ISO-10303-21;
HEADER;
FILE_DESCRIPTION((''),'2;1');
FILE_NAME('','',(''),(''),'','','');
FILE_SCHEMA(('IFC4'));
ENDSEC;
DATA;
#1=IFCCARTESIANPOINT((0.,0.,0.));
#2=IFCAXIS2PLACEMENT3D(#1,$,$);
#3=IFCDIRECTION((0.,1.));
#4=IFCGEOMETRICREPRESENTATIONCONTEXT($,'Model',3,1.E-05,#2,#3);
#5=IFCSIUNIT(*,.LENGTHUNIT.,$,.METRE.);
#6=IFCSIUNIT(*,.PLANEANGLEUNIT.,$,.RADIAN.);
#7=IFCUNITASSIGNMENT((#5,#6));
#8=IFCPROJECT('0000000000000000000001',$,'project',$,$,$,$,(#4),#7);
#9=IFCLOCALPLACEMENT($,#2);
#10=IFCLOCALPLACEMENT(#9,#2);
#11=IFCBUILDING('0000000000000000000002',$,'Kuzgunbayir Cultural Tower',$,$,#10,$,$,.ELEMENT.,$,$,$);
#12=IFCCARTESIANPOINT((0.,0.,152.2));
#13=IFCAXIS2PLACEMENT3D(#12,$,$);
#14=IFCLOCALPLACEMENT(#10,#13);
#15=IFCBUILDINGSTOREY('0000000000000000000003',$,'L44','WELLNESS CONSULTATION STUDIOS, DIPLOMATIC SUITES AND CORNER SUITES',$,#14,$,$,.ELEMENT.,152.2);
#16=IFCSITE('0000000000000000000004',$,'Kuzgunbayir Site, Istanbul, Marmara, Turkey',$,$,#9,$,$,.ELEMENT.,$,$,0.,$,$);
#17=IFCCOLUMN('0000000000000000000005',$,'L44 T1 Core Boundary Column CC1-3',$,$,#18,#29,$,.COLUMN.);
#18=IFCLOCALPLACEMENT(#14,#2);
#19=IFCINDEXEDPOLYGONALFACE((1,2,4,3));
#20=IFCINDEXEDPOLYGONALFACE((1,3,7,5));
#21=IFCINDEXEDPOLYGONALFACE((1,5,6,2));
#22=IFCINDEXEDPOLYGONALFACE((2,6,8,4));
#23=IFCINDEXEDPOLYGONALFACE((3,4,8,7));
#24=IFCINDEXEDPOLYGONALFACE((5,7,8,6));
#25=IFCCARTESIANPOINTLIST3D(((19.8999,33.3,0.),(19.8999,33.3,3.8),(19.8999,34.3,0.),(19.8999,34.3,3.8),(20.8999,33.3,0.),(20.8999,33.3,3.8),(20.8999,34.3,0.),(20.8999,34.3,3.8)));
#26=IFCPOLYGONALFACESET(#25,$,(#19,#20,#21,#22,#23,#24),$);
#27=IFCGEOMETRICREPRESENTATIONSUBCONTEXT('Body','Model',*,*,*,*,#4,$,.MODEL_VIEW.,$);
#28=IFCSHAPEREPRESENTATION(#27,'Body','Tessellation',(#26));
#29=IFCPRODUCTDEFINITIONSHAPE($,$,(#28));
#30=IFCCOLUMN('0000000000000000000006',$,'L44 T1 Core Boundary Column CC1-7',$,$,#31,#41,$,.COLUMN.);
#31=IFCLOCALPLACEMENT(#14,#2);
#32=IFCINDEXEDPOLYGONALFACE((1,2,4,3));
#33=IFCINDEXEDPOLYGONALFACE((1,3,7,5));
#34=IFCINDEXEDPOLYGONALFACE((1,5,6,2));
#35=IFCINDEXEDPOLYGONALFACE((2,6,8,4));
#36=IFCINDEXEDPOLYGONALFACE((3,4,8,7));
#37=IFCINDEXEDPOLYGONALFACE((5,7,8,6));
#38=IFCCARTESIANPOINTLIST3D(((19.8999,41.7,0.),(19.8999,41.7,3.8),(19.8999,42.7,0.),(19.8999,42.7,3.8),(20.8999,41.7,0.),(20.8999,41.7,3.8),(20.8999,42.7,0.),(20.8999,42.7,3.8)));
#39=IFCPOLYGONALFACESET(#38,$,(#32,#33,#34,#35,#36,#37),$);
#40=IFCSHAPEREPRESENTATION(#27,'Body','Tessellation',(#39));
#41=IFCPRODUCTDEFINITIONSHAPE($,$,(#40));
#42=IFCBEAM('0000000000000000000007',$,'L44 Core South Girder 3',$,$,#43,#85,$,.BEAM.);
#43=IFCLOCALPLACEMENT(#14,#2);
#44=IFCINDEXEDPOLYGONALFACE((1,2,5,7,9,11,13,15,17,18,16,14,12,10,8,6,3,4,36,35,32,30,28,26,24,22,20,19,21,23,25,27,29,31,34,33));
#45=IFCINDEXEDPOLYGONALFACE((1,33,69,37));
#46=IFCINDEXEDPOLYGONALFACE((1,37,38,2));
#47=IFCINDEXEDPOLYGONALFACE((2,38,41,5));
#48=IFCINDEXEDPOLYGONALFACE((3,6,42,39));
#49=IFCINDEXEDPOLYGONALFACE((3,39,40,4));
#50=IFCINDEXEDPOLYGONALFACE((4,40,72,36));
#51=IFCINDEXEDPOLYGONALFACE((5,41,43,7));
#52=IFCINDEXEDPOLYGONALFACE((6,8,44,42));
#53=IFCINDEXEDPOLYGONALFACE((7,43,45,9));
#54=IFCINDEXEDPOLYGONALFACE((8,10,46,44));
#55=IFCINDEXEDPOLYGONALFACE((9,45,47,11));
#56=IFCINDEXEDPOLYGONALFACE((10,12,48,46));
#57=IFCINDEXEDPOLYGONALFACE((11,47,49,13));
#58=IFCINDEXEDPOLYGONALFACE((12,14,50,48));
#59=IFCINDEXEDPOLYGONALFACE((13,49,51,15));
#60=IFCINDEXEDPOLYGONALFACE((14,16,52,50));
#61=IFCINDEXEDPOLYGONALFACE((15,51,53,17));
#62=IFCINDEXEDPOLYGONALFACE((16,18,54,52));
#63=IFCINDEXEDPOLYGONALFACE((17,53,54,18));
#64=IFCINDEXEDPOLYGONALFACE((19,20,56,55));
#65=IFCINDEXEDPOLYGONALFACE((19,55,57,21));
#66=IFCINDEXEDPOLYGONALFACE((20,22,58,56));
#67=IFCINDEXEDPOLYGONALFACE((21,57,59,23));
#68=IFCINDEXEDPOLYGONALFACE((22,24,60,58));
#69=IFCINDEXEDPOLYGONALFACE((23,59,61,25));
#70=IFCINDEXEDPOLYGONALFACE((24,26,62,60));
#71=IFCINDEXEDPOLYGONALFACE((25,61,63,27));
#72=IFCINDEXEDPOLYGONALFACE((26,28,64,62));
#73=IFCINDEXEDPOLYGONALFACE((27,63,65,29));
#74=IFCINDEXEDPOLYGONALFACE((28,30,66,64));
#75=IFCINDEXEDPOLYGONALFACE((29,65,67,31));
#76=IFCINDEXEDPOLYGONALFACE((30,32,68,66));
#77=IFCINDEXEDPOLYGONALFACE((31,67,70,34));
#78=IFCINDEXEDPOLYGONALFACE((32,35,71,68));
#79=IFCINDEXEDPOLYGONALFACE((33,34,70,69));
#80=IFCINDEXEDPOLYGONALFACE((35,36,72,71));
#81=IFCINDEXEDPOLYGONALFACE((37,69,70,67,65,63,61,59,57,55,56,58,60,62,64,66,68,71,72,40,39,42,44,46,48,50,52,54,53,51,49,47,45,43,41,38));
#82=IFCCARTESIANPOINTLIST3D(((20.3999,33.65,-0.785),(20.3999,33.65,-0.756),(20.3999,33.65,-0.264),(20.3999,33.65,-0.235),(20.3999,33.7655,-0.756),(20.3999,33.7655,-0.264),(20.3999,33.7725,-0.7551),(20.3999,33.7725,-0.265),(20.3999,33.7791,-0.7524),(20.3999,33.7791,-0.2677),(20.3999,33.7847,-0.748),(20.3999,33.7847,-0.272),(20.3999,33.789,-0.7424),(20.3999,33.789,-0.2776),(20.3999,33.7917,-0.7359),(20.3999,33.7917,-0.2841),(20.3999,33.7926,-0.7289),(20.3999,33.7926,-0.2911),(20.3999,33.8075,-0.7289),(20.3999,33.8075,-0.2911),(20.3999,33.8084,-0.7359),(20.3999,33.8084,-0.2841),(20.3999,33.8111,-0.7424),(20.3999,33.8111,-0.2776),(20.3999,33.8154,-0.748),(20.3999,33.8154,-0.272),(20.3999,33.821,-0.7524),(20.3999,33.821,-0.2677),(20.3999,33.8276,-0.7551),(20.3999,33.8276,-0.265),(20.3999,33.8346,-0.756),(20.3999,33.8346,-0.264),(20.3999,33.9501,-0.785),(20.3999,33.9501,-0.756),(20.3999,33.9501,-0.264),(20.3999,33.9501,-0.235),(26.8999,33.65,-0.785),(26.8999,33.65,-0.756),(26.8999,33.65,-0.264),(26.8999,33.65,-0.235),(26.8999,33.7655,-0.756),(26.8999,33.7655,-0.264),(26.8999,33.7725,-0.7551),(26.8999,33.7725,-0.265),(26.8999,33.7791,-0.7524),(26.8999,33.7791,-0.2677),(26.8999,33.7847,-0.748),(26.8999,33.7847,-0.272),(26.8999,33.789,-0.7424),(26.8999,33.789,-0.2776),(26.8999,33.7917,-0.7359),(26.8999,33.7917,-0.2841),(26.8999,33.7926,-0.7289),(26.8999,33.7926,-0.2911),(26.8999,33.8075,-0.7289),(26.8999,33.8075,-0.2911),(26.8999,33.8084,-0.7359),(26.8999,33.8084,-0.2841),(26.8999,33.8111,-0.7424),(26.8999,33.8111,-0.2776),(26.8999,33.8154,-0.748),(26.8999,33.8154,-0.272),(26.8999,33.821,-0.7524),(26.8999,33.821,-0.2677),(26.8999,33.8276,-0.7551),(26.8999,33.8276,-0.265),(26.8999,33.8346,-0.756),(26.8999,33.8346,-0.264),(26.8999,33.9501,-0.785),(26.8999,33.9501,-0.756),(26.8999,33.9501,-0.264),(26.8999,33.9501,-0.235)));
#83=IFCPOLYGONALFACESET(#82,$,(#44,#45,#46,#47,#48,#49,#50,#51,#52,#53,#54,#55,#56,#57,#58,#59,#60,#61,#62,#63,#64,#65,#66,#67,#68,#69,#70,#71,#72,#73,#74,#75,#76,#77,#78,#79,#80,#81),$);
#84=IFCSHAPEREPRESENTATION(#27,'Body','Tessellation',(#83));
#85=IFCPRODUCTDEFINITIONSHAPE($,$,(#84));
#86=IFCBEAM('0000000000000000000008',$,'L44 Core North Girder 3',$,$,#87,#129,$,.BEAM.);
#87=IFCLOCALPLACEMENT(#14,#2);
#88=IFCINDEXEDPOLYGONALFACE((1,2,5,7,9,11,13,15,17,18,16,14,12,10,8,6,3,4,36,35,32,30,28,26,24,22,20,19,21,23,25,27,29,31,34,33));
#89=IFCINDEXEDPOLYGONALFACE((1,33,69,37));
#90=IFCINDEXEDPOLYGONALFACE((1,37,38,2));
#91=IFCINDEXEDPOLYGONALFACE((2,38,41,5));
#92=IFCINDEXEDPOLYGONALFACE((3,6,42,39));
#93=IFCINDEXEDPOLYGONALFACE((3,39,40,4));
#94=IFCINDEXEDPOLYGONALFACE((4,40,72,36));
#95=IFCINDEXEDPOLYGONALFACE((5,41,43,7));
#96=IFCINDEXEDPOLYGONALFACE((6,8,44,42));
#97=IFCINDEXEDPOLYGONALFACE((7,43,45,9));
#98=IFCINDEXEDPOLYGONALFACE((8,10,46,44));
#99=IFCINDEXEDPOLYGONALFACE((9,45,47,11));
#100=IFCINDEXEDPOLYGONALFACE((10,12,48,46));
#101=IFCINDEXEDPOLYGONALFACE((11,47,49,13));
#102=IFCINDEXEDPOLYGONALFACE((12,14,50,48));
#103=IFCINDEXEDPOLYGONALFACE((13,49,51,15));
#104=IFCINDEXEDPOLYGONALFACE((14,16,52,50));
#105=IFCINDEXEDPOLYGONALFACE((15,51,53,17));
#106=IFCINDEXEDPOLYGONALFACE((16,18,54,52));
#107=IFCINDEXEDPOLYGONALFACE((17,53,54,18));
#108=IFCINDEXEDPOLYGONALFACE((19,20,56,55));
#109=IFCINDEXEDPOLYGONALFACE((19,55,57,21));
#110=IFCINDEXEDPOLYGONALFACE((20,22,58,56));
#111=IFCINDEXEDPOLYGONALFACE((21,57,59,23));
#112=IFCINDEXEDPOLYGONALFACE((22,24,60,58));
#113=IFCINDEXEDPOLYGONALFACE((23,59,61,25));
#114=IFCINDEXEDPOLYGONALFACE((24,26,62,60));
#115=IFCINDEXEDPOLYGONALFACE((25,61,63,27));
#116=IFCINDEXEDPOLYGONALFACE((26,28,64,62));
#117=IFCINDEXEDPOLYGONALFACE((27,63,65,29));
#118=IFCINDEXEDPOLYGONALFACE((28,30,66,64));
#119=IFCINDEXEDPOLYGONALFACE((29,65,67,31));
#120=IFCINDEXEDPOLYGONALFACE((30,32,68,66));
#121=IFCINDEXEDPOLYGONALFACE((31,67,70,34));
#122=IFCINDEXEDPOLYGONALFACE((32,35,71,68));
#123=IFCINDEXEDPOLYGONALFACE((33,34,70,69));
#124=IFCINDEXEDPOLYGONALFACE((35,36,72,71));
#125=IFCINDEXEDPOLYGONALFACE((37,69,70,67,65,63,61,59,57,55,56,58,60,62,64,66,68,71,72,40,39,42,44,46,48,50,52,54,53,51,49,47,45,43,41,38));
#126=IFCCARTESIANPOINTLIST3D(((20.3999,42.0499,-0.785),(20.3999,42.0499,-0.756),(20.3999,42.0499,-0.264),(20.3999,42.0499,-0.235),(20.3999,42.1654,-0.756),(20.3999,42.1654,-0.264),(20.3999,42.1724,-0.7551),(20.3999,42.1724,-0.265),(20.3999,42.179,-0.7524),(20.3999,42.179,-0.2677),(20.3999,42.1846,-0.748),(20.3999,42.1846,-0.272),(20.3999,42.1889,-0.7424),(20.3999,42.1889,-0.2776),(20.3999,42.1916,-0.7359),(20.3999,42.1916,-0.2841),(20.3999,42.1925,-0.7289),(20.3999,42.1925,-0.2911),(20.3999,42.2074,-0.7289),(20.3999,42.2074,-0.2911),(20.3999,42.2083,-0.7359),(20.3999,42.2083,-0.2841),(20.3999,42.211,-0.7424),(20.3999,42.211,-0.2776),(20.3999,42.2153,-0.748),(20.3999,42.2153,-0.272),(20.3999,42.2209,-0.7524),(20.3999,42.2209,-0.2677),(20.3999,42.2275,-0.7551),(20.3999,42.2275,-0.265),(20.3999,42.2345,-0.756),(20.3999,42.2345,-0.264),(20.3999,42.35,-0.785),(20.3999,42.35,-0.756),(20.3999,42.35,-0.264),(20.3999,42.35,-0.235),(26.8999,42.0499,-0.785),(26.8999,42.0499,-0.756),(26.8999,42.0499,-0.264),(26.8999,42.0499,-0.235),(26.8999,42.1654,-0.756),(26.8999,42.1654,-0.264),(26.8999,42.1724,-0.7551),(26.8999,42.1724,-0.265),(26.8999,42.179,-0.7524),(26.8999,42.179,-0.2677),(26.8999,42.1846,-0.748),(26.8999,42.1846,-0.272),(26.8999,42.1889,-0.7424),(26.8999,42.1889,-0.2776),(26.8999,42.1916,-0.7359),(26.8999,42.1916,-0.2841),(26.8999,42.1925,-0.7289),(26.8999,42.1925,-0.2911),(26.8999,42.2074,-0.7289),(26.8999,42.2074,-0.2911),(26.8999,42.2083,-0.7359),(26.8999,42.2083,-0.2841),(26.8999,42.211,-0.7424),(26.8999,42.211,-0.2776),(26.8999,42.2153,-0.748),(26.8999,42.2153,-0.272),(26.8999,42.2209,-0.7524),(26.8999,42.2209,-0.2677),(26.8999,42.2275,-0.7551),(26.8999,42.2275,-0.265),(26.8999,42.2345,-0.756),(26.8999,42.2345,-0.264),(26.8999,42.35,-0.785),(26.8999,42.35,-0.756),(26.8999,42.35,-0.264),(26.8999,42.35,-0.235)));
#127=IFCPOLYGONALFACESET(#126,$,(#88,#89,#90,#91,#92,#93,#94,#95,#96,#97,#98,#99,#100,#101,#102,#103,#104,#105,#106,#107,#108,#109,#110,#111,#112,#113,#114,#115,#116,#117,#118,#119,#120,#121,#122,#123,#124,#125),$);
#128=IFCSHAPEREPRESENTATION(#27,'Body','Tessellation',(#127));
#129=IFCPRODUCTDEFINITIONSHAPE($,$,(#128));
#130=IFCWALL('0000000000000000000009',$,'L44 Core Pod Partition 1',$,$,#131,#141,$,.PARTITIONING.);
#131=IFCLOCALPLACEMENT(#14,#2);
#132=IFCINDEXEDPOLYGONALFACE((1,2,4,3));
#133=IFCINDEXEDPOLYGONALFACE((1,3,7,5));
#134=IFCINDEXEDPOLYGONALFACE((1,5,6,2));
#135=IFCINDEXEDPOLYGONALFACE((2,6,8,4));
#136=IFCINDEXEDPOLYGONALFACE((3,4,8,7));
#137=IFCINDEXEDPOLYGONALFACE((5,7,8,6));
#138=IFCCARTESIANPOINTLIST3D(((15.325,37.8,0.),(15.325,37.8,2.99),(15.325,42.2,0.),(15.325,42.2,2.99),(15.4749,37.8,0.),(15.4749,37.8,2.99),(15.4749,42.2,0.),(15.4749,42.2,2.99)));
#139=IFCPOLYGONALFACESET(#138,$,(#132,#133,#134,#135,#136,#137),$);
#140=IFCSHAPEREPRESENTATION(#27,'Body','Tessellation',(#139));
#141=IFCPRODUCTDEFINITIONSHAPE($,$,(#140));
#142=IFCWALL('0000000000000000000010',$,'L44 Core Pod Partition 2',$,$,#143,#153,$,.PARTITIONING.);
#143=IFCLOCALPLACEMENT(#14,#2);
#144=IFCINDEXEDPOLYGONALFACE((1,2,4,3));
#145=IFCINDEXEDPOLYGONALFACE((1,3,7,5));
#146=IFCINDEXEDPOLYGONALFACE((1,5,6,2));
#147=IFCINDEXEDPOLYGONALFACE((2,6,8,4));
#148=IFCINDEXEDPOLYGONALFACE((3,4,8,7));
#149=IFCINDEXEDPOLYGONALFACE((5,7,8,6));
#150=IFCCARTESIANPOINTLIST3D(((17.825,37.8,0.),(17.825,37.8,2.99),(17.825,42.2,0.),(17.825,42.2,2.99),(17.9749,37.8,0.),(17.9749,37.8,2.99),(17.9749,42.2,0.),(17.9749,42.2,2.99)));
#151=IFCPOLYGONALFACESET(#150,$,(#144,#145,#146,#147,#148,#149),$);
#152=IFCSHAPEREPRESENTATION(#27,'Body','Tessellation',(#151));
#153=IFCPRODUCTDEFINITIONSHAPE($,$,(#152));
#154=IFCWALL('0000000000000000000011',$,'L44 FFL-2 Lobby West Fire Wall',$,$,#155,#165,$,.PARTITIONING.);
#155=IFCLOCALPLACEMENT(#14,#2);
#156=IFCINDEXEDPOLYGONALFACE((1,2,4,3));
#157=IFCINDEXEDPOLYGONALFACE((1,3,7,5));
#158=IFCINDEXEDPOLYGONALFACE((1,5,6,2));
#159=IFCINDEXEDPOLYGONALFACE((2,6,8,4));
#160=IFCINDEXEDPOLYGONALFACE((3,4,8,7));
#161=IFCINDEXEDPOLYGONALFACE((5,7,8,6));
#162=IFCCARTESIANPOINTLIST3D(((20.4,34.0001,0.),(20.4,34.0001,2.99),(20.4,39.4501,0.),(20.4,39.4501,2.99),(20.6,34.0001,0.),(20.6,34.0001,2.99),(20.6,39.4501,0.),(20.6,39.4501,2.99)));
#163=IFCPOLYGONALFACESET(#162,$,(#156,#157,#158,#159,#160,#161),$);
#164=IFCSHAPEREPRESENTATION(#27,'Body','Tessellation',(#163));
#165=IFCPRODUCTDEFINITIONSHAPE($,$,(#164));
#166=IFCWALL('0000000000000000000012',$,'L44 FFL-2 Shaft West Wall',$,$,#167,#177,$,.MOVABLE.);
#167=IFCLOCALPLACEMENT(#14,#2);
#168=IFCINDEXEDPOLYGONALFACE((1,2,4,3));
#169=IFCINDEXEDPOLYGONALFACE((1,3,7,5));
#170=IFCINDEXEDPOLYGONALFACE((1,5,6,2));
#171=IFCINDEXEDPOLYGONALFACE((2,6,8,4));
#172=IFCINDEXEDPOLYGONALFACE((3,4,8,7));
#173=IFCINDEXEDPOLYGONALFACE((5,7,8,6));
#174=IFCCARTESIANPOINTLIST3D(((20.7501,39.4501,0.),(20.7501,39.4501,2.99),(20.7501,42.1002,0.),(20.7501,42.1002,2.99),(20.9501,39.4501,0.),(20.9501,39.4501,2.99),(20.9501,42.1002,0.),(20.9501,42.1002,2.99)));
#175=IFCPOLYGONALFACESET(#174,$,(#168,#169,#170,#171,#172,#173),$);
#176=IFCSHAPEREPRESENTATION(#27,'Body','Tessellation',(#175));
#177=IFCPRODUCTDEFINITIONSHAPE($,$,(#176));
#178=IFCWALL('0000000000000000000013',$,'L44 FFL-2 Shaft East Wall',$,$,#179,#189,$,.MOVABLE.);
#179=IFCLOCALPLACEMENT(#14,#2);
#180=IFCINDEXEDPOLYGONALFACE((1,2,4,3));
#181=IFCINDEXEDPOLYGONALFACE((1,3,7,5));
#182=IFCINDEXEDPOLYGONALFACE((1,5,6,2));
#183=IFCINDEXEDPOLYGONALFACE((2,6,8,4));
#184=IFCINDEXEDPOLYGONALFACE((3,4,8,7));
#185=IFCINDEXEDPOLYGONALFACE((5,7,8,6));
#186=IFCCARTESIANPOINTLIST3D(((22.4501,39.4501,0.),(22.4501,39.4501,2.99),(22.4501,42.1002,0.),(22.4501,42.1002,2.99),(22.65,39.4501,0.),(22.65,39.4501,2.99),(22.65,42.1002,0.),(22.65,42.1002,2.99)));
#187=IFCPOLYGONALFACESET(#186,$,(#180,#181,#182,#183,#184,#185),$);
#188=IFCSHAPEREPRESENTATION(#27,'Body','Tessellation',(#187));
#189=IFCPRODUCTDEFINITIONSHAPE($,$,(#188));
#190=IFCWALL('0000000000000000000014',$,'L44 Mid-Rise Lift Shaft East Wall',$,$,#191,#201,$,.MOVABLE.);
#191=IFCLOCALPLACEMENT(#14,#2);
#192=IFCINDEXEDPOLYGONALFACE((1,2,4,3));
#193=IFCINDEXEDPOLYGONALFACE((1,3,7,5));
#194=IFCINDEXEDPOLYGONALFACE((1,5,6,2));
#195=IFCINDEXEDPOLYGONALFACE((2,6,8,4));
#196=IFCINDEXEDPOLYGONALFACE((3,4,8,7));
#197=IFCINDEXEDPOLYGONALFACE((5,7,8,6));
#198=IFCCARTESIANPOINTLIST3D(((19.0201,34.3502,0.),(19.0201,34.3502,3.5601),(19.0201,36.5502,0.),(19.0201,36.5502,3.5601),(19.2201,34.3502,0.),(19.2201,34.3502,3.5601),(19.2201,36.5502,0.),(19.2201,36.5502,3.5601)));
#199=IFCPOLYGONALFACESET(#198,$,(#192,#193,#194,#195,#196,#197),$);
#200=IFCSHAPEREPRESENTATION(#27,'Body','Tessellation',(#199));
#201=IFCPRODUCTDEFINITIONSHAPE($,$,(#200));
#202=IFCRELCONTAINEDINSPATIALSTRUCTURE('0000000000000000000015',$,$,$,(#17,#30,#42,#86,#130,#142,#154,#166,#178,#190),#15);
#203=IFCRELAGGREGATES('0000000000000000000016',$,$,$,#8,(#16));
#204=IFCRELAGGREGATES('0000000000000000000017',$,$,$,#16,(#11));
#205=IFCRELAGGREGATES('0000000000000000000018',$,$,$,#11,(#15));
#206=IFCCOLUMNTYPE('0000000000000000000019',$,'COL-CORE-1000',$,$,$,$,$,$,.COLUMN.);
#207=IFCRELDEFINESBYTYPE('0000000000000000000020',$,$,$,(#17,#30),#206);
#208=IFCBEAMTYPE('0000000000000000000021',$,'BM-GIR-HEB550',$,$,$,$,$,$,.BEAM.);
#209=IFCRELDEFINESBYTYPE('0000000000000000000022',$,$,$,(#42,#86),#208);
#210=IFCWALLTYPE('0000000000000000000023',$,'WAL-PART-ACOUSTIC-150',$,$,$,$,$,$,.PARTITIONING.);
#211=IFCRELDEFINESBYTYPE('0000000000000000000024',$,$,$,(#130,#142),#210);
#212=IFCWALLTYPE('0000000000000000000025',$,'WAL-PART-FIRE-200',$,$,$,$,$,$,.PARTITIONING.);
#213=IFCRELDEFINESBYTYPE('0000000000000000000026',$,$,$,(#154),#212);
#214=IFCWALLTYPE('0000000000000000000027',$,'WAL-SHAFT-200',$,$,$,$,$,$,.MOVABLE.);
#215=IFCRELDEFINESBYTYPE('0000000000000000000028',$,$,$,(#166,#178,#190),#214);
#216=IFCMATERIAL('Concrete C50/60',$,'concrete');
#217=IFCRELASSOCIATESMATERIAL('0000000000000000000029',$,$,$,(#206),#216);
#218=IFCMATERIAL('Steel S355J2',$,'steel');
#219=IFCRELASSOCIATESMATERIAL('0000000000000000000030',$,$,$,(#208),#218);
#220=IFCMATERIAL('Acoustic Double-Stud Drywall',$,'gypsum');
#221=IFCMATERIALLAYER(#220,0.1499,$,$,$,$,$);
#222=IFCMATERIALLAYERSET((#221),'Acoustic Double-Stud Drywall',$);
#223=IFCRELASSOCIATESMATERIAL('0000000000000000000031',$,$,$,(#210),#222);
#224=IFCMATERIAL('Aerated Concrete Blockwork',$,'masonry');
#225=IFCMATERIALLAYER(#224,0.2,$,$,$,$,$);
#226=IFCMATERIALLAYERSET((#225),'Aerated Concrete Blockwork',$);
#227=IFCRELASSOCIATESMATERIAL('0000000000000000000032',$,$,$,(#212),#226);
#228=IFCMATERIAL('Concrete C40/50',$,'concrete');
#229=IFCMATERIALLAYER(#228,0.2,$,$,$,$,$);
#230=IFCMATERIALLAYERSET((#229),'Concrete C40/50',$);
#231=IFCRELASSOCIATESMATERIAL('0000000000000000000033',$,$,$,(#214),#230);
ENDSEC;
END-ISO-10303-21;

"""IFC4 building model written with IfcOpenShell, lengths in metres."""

from ifc_helpers import new_model, si_unit, direction, frame, frame_2d, origin, origin_2d, place, context, subcontext, project, spatial, rectangle, i_section, extrude, material, layer, layer_set, material_profile, profile_set, type_object, element, save


model = new_model("IFC4")

# Units and contexts
model_context = context("Model", 3, precision=1e-05, world=origin(), true_north=direction((0.0, 1.0)))
body_context = subcontext(model_context, "Body", "Model", "MODEL_VIEW")
ifc_project = project(units=[si_unit("LENGTHUNIT", "METRE"), si_unit("PLANEANGLEUNIT", "RADIAN")], contexts=[model_context])

# Site, building, storey
site_placement = place(None, origin())
site = spatial("IfcSite", under=ifc_project, at=site_placement, Name="Kuzgunbayir Site, Istanbul, Marmara, Turkey", CompositionType="ELEMENT", RefElevation=0.0)
building_placement = place(site_placement, origin())
building = spatial("IfcBuilding", under=site, at=building_placement, Name="Kuzgunbayir Cultural Tower", CompositionType="ELEMENT")
storey_placement = place(building_placement, frame((0.0, 0.0, 152.2)))
storey = spatial("IfcBuildingStorey", under=building, at=storey_placement, Name="L44", Description="WELLNESS CONSULTATION STUDIOS, DIPLOMATIC SUITES AND CORNER SUITES", CompositionType="ELEMENT", Elevation=152.2)

# Columns
ifc_material_1 = material(Name="Concrete C50/60", Category="concrete")
ifc_material_profile_1 = material_profile(ifc_material_1, rectangle(XDim=1.0, YDim=1.0, at=origin_2d()), Name="RC 1000x1000")
ifc_profile_set_1 = profile_set([ifc_material_profile_1], Name="Concrete C50/60")
column_type = type_object("IfcColumnType", Name="COL-CORE-1000", PredefinedType="COLUMN", material=ifc_profile_set_1)
for number, where, z_axis, x_axis, name in (
    (1, (20.3999, 33.8, 0.0), (0.0, 0.0, 1.0), (1.0, 0.0, 0.0), "L44 T1 Core Boundary Column CC1-3"),
    (2, (20.3999, 42.2, 0.0), (0.0, 0.0, 1.0), (1.0, 0.0, 0.0), "L44 T1 Core Boundary Column CC1-7"),
):
    element("IfcColumn", number, at=place(storey_placement, frame(where, z_axis=z_axis, x_axis=x_axis)), inside=storey, type_object=column_type, Name=name, PredefinedType="COLUMN", context=body_context, shape_type="SweptSolid", body=[
        extrude(rectangle(XDim=1.0, YDim=1.0, at=origin_2d()), origin(), (0.0, 0.0, 1.0), 3.8),
    ])

# Beams
ifc_material_2 = material(Name="Steel S355J2", Category="steel")
ifc_material_profile_2 = material_profile(ifc_material_2, i_section(OverallWidth=0.3, OverallDepth=0.55, WebThickness=0.0149, FlangeThickness=0.0291, FilletRadius=0.0271, at=origin_2d()), Name="HEB 550")
ifc_profile_set_2 = profile_set([ifc_material_profile_2], Name="Steel S355J2")
beam_type = type_object("IfcBeamType", Name="BM-GIR-HEB550", PredefinedType="BEAM", material=ifc_profile_set_2)
for number, where, z_axis, x_axis, name in (
    (3, (20.3999, 33.8, -0.51), (1.0, 0.0, 0.0), (0.0, 1.0, 0.0), "L44 Core South Girder 3"),
    (4, (20.3999, 42.2, -0.51), (1.0, 0.0, 0.0), (0.0, 1.0, 0.0), "L44 Core North Girder 3"),
):
    element("IfcBeam", number, at=place(storey_placement, frame(where, z_axis=z_axis, x_axis=x_axis)), inside=storey, type_object=beam_type, Name=name, PredefinedType="BEAM", context=body_context, shape_type="SweptSolid", body=[
        extrude(i_section(OverallWidth=0.3, OverallDepth=0.55, WebThickness=0.0149, FlangeThickness=0.0291, FilletRadius=0.0271, at=origin_2d()), origin(), (0.0, 0.0, 1.0), 6.5),
    ])

# Walls
ifc_material_3 = material(Name="Acoustic Double-Stud Drywall", Category="gypsum")
ifc_layer_1 = layer(ifc_material_3, 0.1499)
ifc_layer_set_1 = layer_set([ifc_layer_1], Name="Acoustic Double-Stud Drywall")
wall_type_1 = type_object("IfcWallType", Name="WAL-PART-ACOUSTIC-150", PredefinedType="PARTITIONING", material=ifc_layer_set_1)
for number, where, z_axis, x_axis, name in (
    (5, (15.3999, 37.8, 0.0), (0.0, 0.0, 1.0), (0.0, 1.0, 0.0), "L44 Core Pod Partition 1"),
    (6, (17.8999, 37.8, 0.0), (0.0, 0.0, 1.0), (0.0, 1.0, 0.0), "L44 Core Pod Partition 2"),
):
    element("IfcWall", number, at=place(storey_placement, frame(where, z_axis=z_axis, x_axis=x_axis)), inside=storey, type_object=wall_type_1, Name=name, PredefinedType="PARTITIONING", context=body_context, shape_type="SweptSolid", body=[
        extrude(rectangle(XDim=4.3999, YDim=0.1499, at=frame_2d((2.2, 0.0))), origin(), (0.0, 0.0, 1.0), 2.99),
    ])
ifc_material_4 = material(Name="Aerated Concrete Blockwork", Category="masonry")
ifc_layer_2 = layer(ifc_material_4, 0.2)
ifc_layer_set_2 = layer_set([ifc_layer_2], Name="Aerated Concrete Blockwork")
wall_type_2 = type_object("IfcWallType", Name="WAL-PART-FIRE-200", PredefinedType="PARTITIONING", material=ifc_layer_set_2)
wall_1_placement = place(storey_placement, frame((20.5, 34.0, 0.0), z_axis=(0.0, 0.0, 1.0), x_axis=(0.0, 1.0, 0.0)))
element("IfcWall", 7, at=wall_1_placement, inside=storey, type_object=wall_type_2, Name="L44 FFL-2 Lobby West Fire Wall", PredefinedType="PARTITIONING", context=body_context, shape_type="SweptSolid", body=[
    extrude(rectangle(XDim=5.45, YDim=0.2, at=frame_2d((2.7251, 0.0))), origin(), (0.0, 0.0, 1.0), 2.99),
])

# Shared definitions
ifc_material_5 = material(Name="Concrete C40/50", Category="concrete")
ifc_layer_3 = layer(ifc_material_5, 0.2)
ifc_layer_set_3 = layer_set([ifc_layer_3], Name="Concrete C40/50")
wall_type_3 = type_object("IfcWallType", Name="WAL-SHAFT-200", PredefinedType="MOVABLE", material=ifc_layer_set_3)

# Walls
for number, where, z_axis, x_axis, name in (
    (8, (20.8501, 39.45, 0.0), (0.0, 0.0, 1.0), (0.0, 1.0, 0.0), "L44 FFL-2 Shaft West Wall"),
    (9, (22.55, 39.45, 0.0), (0.0, 0.0, 1.0), (0.0, 1.0, 0.0), "L44 FFL-2 Shaft East Wall"),
):
    element("IfcWall", number, at=place(storey_placement, frame(where, z_axis=z_axis, x_axis=x_axis)), inside=storey, type_object=wall_type_3, Name=name, PredefinedType="MOVABLE", context=body_context, shape_type="SweptSolid", body=[
        extrude(rectangle(XDim=2.6501, YDim=0.2, at=frame_2d((1.3252, 0.0))), origin(), (0.0, 0.0, 1.0), 2.99),
    ])
wall_2_placement = place(storey_placement, frame((19.1201, 34.3501, 0.0), z_axis=(0.0, 0.0, 1.0), x_axis=(0.0, 1.0, 0.0)))
element("IfcWall", 10, at=wall_2_placement, inside=storey, type_object=wall_type_3, Name="L44 Mid-Rise Lift Shaft East Wall", PredefinedType="MOVABLE", context=body_context, shape_type="SweptSolid", body=[
    extrude(rectangle(XDim=2.2, YDim=0.2, at=frame_2d((1.1001, 0.0))), origin(), (0.0, 0.0, 1.0), 3.5601),
])

save(model, "model.ifc")
